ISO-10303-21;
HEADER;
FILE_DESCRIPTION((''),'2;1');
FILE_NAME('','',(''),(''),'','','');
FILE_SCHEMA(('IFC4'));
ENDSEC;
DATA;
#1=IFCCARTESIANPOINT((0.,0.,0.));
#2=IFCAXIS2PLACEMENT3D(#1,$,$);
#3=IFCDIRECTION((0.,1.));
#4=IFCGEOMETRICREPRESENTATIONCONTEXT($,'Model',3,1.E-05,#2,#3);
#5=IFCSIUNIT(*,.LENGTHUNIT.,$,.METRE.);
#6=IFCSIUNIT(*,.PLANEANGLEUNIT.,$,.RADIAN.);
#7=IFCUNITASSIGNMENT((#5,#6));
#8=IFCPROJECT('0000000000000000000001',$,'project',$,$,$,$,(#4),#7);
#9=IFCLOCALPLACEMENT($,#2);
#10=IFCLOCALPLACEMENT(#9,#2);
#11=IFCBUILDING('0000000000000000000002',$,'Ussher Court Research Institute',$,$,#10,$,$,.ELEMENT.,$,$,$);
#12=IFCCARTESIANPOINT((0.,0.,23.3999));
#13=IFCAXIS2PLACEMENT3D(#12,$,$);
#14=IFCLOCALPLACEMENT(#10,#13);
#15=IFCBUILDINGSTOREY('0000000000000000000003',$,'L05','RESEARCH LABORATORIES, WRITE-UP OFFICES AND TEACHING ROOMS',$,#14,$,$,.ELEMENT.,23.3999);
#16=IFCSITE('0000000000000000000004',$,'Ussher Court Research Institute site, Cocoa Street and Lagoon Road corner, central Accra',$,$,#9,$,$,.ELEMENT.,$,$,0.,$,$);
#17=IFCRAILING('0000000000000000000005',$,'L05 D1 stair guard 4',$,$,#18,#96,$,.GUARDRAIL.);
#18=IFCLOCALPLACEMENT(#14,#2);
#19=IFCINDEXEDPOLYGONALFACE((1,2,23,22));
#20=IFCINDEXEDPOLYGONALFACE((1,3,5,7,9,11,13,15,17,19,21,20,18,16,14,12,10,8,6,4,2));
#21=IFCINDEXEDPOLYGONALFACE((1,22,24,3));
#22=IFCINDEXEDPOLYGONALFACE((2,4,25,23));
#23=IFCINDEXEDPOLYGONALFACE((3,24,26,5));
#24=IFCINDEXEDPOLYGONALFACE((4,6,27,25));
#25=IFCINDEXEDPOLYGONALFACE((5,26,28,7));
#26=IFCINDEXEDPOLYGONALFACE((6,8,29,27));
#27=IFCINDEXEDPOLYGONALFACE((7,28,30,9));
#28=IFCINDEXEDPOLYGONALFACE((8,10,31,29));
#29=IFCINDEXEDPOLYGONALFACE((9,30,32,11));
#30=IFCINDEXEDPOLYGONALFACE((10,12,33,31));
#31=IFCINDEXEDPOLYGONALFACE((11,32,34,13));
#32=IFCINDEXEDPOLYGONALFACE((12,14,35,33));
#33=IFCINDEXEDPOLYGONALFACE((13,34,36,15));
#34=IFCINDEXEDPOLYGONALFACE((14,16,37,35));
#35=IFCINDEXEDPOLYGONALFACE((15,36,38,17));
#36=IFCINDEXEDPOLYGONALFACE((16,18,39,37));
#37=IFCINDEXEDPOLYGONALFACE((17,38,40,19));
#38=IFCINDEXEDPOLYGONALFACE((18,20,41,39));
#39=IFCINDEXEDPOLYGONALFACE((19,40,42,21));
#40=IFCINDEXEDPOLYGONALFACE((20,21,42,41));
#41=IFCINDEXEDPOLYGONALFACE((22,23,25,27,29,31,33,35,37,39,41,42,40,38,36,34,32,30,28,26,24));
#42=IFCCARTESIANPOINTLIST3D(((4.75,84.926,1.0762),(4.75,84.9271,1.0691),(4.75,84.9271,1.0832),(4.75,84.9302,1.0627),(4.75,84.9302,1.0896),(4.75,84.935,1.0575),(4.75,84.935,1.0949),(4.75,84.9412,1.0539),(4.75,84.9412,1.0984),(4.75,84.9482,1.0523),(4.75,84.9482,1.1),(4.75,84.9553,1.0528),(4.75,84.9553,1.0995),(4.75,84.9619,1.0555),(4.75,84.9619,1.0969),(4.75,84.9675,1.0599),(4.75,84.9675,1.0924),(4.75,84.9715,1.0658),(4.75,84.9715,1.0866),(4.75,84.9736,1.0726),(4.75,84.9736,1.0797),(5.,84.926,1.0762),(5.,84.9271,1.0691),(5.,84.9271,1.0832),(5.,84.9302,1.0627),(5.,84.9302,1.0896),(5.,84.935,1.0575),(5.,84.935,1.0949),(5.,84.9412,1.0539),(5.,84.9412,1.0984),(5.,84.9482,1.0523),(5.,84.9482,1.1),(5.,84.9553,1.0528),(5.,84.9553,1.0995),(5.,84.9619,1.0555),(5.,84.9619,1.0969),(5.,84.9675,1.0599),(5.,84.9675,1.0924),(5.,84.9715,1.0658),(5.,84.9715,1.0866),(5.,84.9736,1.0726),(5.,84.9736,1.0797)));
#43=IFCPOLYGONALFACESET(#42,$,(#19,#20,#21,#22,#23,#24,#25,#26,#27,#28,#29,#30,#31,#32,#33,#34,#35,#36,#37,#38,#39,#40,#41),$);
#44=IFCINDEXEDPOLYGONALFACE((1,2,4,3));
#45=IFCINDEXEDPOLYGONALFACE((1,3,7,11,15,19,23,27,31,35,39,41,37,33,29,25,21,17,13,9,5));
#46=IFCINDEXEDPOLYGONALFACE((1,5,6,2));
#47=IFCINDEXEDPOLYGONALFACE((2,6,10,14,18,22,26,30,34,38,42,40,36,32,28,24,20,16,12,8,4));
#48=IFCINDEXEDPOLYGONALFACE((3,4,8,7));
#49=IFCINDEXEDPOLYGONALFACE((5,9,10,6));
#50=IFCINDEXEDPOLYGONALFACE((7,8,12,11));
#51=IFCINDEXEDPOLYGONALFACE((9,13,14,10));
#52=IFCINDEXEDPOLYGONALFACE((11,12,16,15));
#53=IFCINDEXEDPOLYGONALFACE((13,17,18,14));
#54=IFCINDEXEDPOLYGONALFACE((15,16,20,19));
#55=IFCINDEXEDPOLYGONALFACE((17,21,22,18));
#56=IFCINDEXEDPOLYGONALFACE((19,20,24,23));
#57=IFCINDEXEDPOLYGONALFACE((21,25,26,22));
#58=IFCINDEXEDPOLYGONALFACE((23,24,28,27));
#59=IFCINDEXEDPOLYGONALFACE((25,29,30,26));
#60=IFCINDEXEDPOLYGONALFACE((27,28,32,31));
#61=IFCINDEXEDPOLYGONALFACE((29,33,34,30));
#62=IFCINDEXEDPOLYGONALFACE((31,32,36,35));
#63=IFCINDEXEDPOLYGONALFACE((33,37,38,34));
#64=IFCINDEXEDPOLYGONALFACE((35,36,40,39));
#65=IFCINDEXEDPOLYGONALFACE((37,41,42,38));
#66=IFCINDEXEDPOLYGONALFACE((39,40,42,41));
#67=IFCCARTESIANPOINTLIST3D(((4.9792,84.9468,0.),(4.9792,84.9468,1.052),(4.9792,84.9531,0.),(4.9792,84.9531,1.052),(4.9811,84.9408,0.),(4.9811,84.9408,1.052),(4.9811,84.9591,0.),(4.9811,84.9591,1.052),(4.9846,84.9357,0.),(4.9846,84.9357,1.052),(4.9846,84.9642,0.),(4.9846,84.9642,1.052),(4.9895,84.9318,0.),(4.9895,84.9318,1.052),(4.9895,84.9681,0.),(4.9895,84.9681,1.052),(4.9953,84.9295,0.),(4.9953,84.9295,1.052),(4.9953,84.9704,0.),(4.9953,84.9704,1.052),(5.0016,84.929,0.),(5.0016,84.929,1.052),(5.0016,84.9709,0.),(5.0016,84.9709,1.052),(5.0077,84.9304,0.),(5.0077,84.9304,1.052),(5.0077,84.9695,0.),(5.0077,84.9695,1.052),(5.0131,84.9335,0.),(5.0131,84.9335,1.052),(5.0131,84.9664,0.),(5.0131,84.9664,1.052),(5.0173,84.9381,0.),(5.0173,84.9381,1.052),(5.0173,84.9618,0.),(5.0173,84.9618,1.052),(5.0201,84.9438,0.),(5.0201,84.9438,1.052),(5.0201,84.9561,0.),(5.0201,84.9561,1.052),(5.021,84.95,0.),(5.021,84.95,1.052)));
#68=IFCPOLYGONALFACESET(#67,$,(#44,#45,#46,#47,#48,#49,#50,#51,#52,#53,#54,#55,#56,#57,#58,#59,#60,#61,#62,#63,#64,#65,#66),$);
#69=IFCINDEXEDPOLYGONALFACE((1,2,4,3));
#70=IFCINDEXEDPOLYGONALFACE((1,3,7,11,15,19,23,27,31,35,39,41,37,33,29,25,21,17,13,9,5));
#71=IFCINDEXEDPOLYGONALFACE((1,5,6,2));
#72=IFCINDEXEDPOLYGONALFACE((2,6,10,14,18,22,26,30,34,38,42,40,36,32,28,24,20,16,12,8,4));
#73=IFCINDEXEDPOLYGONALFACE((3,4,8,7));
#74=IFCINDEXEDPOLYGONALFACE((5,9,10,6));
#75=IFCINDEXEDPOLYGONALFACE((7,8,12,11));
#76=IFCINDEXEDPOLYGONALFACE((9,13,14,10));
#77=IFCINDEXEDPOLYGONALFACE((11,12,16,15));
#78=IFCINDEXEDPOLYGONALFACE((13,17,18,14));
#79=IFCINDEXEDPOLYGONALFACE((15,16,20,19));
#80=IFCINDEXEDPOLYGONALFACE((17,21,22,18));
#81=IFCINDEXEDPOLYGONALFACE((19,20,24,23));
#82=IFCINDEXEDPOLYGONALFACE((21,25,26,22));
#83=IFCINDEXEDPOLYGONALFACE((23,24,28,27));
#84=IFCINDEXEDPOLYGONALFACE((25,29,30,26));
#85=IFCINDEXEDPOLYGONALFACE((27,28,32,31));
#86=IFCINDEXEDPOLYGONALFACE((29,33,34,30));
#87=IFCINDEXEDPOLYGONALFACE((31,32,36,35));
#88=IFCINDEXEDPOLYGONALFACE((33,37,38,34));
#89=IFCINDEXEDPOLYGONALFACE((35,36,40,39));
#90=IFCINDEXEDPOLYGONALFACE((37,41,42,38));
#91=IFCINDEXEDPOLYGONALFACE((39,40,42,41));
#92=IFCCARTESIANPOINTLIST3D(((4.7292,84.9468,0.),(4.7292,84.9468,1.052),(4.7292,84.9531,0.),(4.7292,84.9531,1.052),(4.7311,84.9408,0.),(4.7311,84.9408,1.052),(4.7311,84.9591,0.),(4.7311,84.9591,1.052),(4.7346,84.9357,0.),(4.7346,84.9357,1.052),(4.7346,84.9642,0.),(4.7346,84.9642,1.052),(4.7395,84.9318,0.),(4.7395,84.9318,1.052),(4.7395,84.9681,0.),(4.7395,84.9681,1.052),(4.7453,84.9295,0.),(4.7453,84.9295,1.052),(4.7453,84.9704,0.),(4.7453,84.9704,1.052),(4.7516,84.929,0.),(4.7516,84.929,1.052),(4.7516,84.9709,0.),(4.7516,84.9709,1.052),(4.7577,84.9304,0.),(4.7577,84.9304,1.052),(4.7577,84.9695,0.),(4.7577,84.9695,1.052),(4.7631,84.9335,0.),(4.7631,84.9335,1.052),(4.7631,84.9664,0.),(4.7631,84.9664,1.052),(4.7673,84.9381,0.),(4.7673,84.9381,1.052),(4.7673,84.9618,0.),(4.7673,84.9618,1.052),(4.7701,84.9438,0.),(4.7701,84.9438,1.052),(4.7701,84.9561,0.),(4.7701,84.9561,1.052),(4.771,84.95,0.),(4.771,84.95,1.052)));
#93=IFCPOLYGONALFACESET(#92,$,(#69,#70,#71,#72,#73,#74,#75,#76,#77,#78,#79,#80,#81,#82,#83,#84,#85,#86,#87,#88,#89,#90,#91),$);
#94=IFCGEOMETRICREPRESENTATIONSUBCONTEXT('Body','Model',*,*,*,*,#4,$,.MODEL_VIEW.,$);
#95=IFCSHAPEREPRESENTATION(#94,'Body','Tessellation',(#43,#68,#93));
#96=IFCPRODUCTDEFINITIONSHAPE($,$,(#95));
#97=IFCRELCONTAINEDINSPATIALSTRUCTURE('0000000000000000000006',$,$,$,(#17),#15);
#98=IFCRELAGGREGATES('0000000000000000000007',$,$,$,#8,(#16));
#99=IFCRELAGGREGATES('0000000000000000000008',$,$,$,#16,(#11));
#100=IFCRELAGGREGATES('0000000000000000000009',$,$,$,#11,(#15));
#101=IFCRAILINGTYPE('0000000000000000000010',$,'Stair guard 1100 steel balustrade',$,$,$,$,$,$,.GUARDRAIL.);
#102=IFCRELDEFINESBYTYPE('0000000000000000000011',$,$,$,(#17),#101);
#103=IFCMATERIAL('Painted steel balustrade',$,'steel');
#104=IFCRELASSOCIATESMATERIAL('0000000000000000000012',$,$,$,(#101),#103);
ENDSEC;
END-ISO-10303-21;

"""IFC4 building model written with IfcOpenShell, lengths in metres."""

from ifc_helpers import new_model, si_unit, direction, frame, origin, origin_2d, place, context, subcontext, project, spatial, circle, extrude, material, type_object, element, save


model = new_model("IFC4")

# Units and contexts
model_context = context("Model", 3, precision=1e-05, world=origin(), true_north=direction((0.0, 1.0)))
body_context = subcontext(model_context, "Body", "Model", "MODEL_VIEW")
ifc_project = project(units=[si_unit("LENGTHUNIT", "METRE"), si_unit("PLANEANGLEUNIT", "RADIAN")], contexts=[model_context])

# Site, building, storey
site_placement = place(None, origin())
site = spatial("IfcSite", under=ifc_project, at=site_placement, Name="Ussher Court Research Institute site, Cocoa Street and Lagoon Road corner, central Accra", CompositionType="ELEMENT", RefElevation=0.0)
building_placement = place(site_placement, origin())
building = spatial("IfcBuilding", under=site, at=building_placement, Name="Ussher Court Research Institute", CompositionType="ELEMENT")
storey_placement = place(building_placement, frame((0.0, 0.0, 23.3999)))
storey = spatial("IfcBuildingStorey", under=building, at=storey_placement, Name="L05", Description="RESEARCH LABORATORIES, WRITE-UP OFFICES AND TEACHING ROOMS", CompositionType="ELEMENT", Elevation=23.3999)

# Railing
ifc_material_1 = material(Name="Painted steel balustrade", Category="steel")
railing_type_1 = type_object("IfcRailingType", Name="Stair guard 1100 steel balustrade", PredefinedType="GUARDRAIL", material=ifc_material_1)
railing_1_placement = place(storey_placement, frame((5.0, 84.95, 0.0)))
element("IfcRailing", 1, at=railing_1_placement, inside=storey, type_object=railing_type_1, Name="L05 D1 stair guard 4", PredefinedType="GUARDRAIL", context=body_context, shape_type="SweptSolid", body=[
    extrude(circle(Radius=0.0239, at=origin_2d()), frame((0.0, 0.0, 1.0762), z_axis=(-1.0, 0.0, 0.0), x_axis=(0.0, -1.0, 0.0)), (0.0, 0.0, 1.0), 0.25),
    extrude(circle(Radius=0.021, at=origin_2d()), origin(), (0.0, 0.0, 1.0), 1.052),
    extrude(circle(Radius=0.021, at=origin_2d()), frame((-0.25, 0.0, 0.0)), (0.0, 0.0, 1.0), 1.052),
])

save(model, "model.ifc")
